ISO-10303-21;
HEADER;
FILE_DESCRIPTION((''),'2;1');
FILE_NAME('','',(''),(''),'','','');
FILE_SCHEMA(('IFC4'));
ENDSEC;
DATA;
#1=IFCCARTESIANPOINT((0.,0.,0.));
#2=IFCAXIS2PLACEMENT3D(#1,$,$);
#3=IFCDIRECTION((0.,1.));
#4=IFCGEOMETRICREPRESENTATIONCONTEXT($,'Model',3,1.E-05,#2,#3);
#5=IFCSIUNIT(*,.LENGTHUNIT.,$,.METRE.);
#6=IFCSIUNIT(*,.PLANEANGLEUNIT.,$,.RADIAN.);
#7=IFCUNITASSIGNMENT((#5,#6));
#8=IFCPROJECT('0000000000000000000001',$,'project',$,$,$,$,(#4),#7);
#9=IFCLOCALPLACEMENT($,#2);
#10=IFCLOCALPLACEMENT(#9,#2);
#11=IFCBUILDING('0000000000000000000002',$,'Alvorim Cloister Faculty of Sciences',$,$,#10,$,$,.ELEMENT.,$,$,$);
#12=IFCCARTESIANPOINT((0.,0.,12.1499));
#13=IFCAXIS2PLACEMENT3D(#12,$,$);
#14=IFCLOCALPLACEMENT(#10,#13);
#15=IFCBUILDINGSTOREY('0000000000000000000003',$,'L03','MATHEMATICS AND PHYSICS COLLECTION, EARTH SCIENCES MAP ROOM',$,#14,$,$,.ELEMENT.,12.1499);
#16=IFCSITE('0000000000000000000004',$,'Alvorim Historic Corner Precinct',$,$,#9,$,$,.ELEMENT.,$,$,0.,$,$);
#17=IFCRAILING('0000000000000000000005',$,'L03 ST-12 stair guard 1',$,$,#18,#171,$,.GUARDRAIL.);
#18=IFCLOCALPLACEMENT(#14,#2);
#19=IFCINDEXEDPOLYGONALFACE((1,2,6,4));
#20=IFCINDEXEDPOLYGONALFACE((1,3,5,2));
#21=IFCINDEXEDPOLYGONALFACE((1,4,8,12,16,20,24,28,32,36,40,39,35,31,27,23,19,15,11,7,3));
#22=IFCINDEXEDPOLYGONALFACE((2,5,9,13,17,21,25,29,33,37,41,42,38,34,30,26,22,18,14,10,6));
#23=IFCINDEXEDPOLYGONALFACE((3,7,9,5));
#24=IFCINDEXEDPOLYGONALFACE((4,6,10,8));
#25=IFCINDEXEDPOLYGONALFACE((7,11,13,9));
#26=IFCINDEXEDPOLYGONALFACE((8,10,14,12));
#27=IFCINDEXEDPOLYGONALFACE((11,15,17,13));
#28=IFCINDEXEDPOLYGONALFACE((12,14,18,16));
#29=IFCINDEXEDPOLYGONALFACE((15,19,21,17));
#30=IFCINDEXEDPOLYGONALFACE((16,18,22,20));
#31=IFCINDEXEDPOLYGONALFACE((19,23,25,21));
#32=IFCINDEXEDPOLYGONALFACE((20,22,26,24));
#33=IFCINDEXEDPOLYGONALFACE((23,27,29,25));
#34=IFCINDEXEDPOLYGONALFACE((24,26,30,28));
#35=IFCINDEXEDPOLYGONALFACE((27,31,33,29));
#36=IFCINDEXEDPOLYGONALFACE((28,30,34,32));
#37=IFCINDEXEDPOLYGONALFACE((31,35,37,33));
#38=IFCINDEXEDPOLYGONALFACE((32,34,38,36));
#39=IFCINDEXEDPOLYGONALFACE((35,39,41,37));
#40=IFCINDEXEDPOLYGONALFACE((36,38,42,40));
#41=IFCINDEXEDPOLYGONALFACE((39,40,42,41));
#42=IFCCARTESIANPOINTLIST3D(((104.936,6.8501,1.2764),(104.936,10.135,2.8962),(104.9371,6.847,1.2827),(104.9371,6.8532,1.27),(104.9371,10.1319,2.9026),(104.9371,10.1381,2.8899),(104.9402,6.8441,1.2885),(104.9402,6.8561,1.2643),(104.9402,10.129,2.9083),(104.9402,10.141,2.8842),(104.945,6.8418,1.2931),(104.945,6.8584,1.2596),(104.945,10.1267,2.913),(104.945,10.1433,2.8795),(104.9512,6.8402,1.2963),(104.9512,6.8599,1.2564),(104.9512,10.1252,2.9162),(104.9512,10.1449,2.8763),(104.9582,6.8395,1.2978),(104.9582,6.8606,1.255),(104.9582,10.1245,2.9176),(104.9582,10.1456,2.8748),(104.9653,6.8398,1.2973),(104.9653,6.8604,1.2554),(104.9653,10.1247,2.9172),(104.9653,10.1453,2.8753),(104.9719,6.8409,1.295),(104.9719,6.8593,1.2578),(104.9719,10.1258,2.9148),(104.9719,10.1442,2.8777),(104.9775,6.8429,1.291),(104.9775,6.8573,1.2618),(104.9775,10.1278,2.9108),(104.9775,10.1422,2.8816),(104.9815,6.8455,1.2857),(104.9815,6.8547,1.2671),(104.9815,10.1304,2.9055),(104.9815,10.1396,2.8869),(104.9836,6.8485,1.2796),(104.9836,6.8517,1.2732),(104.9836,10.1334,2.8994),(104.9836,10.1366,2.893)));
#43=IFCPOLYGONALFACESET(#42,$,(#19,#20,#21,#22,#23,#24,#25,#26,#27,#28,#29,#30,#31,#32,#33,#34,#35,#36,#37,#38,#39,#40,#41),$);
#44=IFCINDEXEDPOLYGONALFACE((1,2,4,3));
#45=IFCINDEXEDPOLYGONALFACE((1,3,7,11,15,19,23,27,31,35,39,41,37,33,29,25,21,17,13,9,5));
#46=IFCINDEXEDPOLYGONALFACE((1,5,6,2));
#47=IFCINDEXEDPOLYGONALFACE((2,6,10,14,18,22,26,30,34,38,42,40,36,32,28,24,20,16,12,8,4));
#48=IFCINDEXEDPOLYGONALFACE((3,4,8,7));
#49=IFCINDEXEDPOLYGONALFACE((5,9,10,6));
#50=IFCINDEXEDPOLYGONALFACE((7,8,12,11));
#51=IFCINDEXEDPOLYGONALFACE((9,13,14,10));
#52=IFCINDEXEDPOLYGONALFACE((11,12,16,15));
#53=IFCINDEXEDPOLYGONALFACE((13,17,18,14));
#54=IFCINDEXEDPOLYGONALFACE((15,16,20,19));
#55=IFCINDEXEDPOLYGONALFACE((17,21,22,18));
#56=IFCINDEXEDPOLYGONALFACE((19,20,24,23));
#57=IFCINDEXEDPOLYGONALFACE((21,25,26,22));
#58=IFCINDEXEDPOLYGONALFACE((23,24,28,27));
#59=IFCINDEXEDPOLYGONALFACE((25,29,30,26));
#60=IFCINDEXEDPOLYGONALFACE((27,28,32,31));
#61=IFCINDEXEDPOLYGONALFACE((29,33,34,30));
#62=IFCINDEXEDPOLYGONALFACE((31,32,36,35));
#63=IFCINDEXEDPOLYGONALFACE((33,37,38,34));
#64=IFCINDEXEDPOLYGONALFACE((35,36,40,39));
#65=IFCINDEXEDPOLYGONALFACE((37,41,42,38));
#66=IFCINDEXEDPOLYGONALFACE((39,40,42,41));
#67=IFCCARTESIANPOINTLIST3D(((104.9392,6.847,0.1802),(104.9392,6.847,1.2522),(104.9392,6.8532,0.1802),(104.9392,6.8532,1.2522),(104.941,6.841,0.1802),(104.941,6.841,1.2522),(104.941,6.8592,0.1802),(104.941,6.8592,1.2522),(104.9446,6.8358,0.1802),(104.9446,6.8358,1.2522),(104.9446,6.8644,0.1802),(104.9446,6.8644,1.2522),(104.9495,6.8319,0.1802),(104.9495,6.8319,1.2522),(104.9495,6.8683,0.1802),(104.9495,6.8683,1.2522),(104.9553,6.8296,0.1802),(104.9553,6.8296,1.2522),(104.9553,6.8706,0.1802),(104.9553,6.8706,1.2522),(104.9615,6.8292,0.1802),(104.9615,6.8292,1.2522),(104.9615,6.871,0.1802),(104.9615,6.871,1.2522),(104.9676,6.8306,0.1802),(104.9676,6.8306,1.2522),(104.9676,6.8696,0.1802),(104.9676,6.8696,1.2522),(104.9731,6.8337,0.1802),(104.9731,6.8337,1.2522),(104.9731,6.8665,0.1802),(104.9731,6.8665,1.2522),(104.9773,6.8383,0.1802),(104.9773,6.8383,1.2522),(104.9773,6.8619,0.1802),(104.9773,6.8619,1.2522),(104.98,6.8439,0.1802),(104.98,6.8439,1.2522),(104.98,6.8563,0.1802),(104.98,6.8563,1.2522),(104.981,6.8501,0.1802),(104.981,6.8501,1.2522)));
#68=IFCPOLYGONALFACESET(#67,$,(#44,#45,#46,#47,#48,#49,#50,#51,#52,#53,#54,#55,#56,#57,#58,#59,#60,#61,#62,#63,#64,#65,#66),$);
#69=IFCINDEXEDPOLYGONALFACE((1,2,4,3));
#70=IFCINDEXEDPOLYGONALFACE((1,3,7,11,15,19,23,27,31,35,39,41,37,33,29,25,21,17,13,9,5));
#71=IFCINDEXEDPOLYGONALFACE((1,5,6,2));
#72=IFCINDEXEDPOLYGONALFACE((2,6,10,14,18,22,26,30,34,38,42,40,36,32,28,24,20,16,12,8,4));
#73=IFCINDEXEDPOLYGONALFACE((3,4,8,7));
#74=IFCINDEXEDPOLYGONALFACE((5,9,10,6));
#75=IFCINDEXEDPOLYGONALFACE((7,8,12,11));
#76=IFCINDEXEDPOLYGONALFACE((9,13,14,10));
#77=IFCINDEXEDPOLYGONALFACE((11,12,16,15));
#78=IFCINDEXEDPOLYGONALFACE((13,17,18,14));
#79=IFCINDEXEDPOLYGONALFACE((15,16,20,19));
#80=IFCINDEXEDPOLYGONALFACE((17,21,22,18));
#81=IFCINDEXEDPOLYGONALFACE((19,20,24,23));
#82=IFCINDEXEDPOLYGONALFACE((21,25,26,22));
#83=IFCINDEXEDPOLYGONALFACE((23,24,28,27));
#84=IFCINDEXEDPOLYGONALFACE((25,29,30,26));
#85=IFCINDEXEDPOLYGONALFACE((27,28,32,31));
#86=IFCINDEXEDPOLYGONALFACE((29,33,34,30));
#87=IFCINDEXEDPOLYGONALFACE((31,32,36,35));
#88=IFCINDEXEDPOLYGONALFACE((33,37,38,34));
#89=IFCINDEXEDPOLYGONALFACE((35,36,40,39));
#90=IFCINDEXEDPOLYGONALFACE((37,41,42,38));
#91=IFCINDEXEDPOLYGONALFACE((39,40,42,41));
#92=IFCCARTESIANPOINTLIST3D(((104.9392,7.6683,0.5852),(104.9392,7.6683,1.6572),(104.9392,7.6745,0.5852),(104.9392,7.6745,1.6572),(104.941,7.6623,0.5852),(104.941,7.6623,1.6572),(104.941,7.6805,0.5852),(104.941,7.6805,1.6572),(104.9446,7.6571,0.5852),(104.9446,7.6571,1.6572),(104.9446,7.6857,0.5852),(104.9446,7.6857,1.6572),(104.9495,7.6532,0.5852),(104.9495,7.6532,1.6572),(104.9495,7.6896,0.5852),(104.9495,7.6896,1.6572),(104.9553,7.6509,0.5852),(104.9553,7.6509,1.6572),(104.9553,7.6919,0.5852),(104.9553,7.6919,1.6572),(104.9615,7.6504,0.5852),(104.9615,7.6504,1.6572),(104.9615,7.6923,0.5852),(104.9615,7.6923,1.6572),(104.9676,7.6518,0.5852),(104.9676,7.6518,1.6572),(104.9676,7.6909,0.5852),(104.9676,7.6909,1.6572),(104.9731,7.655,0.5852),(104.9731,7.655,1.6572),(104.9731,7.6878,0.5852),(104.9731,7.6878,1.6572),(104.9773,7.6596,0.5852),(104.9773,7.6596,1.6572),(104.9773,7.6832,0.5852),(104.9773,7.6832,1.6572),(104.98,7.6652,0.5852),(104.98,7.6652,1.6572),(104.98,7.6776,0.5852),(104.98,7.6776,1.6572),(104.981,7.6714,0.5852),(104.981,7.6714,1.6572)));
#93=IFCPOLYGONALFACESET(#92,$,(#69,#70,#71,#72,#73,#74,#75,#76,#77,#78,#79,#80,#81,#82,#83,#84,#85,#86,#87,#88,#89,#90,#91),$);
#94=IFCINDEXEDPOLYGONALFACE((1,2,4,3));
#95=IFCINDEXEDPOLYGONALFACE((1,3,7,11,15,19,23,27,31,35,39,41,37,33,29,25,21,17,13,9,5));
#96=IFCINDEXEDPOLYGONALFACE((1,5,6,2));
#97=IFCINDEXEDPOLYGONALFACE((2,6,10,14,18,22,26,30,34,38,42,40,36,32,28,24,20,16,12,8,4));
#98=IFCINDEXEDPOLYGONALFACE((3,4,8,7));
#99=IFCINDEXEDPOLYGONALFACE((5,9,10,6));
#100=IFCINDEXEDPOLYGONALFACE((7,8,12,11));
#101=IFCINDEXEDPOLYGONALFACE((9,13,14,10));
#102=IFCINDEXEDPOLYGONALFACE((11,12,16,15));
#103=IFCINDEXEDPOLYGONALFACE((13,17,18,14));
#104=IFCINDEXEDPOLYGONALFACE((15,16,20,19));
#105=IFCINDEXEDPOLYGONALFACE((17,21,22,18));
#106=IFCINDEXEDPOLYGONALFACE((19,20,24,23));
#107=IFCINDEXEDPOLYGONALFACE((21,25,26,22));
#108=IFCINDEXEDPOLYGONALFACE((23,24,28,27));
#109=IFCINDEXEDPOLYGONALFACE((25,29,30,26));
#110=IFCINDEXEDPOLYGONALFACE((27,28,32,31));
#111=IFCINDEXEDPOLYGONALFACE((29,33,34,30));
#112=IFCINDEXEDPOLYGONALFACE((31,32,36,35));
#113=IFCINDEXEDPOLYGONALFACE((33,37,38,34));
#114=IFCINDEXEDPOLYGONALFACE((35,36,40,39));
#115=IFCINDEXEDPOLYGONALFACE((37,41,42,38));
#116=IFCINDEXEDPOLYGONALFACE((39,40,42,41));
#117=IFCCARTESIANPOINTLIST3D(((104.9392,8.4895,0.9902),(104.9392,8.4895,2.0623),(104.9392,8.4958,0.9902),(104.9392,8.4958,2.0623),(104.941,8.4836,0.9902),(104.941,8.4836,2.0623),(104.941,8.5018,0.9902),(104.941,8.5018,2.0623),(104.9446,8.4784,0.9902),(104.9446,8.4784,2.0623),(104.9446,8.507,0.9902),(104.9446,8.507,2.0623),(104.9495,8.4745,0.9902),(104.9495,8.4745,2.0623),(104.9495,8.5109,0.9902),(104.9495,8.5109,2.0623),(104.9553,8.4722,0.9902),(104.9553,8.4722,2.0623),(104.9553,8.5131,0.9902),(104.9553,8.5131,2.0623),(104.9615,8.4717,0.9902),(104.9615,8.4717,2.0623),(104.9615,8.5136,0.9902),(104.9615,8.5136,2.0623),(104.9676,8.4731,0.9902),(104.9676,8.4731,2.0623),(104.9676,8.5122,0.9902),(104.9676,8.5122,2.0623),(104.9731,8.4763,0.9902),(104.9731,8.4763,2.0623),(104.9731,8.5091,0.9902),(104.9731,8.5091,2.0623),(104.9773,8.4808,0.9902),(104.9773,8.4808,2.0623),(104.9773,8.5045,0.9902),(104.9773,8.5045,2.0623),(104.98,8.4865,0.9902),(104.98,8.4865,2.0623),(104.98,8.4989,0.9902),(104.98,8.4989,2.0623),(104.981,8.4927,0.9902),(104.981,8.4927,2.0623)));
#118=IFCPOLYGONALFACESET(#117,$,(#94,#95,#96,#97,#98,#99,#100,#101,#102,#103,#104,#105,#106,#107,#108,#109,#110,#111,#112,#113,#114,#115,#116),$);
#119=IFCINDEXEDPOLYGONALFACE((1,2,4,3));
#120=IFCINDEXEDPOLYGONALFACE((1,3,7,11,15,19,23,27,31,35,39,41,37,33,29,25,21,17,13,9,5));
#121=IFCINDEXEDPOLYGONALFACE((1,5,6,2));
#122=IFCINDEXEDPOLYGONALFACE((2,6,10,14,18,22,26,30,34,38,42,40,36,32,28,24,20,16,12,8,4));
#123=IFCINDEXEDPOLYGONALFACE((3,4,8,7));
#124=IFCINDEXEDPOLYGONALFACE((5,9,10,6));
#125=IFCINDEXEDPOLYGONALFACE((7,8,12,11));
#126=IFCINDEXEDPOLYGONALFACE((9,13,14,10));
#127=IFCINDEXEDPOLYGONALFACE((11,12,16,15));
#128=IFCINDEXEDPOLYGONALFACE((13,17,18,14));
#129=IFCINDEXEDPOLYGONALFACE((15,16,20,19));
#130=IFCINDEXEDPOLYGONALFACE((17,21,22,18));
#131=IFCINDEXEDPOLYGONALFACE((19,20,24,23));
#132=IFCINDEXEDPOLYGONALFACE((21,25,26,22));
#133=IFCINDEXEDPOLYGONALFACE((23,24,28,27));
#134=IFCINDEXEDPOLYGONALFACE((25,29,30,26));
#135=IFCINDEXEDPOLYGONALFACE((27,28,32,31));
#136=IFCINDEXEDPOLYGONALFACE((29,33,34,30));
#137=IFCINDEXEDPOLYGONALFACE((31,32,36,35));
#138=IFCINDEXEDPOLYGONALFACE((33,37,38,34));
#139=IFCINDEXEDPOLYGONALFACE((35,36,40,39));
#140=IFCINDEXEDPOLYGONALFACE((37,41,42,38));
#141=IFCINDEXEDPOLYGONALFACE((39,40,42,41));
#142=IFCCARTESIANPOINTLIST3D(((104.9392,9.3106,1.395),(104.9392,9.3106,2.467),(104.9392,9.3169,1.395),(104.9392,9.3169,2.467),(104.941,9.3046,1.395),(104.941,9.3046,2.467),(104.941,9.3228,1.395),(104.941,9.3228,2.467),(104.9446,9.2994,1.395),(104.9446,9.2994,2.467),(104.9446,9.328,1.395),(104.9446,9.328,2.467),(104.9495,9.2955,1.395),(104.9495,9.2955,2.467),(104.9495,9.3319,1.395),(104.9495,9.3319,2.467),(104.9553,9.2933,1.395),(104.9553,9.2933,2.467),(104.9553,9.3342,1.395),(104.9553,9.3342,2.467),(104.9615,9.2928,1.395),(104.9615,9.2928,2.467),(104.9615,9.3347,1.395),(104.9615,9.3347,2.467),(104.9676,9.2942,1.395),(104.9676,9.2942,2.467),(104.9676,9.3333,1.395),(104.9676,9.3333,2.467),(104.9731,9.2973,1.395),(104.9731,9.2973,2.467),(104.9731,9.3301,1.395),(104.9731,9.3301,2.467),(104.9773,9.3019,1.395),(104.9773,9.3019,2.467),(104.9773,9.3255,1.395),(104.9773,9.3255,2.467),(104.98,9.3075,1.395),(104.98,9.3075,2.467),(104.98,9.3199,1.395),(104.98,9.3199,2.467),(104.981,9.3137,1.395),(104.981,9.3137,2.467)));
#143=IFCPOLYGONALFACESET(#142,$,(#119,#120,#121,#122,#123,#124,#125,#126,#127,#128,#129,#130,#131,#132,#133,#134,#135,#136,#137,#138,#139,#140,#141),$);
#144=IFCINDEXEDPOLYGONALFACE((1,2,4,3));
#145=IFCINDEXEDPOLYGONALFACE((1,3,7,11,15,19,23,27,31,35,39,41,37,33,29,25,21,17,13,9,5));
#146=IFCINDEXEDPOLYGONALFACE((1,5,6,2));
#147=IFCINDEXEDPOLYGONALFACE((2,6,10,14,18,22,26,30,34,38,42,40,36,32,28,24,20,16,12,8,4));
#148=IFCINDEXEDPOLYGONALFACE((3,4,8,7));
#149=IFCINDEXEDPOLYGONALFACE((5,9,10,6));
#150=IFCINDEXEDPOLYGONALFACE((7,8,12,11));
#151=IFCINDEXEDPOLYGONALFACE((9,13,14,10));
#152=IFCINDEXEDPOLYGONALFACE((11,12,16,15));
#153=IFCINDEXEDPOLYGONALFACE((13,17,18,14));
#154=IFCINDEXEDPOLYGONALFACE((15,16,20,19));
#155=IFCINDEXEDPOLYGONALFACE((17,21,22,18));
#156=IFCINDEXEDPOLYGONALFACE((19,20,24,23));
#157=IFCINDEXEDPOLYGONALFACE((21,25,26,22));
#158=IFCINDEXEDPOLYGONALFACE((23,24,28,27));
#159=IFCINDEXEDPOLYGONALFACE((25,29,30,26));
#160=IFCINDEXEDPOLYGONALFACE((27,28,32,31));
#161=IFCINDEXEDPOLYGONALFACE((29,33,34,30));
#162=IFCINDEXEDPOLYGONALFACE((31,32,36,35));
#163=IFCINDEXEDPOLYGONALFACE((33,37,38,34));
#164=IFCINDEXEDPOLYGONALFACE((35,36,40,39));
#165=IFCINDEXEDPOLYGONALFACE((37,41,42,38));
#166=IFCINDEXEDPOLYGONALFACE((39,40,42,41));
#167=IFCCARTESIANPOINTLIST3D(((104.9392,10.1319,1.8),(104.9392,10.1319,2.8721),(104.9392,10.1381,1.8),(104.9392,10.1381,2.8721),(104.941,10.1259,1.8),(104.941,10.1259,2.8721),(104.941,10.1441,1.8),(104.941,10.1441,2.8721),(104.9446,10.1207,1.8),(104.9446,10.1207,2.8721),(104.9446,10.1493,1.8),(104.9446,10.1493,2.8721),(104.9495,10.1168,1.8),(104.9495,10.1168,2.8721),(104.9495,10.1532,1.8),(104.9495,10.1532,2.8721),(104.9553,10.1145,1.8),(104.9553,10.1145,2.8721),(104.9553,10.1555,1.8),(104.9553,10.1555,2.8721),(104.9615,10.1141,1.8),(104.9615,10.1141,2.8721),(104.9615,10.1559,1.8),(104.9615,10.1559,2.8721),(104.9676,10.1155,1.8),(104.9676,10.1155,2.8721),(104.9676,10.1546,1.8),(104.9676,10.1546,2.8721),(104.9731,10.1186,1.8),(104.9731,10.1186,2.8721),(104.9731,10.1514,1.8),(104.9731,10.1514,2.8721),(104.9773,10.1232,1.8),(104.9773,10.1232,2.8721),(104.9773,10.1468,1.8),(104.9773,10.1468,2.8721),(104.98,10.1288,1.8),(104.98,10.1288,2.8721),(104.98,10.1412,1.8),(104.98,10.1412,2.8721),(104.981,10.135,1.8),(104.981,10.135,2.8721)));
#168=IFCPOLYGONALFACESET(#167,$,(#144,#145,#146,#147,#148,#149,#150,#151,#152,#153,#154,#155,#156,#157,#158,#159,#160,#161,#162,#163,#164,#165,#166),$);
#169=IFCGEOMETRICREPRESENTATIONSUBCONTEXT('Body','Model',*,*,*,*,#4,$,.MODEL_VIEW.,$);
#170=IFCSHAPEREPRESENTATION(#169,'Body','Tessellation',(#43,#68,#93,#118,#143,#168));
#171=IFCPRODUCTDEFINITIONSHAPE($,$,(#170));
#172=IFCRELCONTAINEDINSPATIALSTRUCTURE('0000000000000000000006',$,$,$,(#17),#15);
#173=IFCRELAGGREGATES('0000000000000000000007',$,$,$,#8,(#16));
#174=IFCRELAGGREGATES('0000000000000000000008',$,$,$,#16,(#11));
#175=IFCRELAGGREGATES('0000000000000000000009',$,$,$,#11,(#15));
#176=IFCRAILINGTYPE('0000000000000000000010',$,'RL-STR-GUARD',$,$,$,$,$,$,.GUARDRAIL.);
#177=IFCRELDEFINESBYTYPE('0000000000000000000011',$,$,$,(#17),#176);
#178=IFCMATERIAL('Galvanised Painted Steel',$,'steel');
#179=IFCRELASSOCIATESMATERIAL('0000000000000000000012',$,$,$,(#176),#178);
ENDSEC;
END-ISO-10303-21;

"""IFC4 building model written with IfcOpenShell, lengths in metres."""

from ifc_helpers import new_model, si_unit, direction, frame, origin, origin_2d, place, context, subcontext, project, spatial, circle, extrude, material, type_object, element, save


model = new_model("IFC4")

# Units and contexts
model_context = context("Model", 3, precision=1e-05, world=origin(), true_north=direction((0.0, 1.0)))
body_context = subcontext(model_context, "Body", "Model", "MODEL_VIEW")
ifc_project = project(units=[si_unit("LENGTHUNIT", "METRE"), si_unit("PLANEANGLEUNIT", "RADIAN")], contexts=[model_context])

# Site, building, storey
site_placement = place(None, origin())
site = spatial("IfcSite", under=ifc_project, at=site_placement, Name="Alvorim Historic Corner Precinct", CompositionType="ELEMENT", RefElevation=0.0)
building_placement = place(site_placement, origin())
building = spatial("IfcBuilding", under=site, at=building_placement, Name="Alvorim Cloister Faculty of Sciences", CompositionType="ELEMENT")
storey_placement = place(building_placement, frame((0.0, 0.0, 12.1499)))
storey = spatial("IfcBuildingStorey", under=building, at=storey_placement, Name="L03", Description="MATHEMATICS AND PHYSICS COLLECTION, EARTH SCIENCES MAP ROOM", CompositionType="ELEMENT", Elevation=12.1499)

# Railing
ifc_material_1 = material(Name="Galvanised Painted Steel", Category="steel")
railing_type_1 = type_object("IfcRailingType", Name="RL-STR-GUARD", PredefinedType="GUARDRAIL", material=ifc_material_1)
railing_1_placement = place(storey_placement, frame((104.96, 6.8501, 0.1802)))
element("IfcRailing", 1, at=railing_1_placement, inside=storey, type_object=railing_type_1, Name="L03 ST-12 stair guard 1", PredefinedType="GUARDRAIL", context=body_context, shape_type="SweptSolid", body=[
    extrude(circle(Radius=0.0239, at=origin_2d()), frame((0.0, 0.0, 1.0962), z_axis=(0.0, 0.89688, 0.442274), x_axis=(-1.0, 0.0, 0.0)), (0.0, 0.0, 1.0), 3.6626),
    extrude(circle(Radius=0.021, at=origin_2d()), origin(), (0.0, 0.0, 1.0), 1.072),
    extrude(circle(Radius=0.021, at=origin_2d()), frame((0.0, 0.8213, 0.405)), (0.0, 0.0, 1.0), 1.072),
    extrude(circle(Radius=0.021, at=origin_2d()), frame((0.0, 1.6426, 0.8101)), (0.0, 0.0, 1.0), 1.072),
    extrude(circle(Radius=0.021, at=origin_2d()), frame((0.0, 2.4636, 1.2148)), (0.0, 0.0, 1.0), 1.072),
    extrude(circle(Radius=0.021, at=origin_2d()), frame((0.0, 3.2849, 1.6199)), (0.0, 0.0, 1.0), 1.072),
])

save(model, "model.ifc")
